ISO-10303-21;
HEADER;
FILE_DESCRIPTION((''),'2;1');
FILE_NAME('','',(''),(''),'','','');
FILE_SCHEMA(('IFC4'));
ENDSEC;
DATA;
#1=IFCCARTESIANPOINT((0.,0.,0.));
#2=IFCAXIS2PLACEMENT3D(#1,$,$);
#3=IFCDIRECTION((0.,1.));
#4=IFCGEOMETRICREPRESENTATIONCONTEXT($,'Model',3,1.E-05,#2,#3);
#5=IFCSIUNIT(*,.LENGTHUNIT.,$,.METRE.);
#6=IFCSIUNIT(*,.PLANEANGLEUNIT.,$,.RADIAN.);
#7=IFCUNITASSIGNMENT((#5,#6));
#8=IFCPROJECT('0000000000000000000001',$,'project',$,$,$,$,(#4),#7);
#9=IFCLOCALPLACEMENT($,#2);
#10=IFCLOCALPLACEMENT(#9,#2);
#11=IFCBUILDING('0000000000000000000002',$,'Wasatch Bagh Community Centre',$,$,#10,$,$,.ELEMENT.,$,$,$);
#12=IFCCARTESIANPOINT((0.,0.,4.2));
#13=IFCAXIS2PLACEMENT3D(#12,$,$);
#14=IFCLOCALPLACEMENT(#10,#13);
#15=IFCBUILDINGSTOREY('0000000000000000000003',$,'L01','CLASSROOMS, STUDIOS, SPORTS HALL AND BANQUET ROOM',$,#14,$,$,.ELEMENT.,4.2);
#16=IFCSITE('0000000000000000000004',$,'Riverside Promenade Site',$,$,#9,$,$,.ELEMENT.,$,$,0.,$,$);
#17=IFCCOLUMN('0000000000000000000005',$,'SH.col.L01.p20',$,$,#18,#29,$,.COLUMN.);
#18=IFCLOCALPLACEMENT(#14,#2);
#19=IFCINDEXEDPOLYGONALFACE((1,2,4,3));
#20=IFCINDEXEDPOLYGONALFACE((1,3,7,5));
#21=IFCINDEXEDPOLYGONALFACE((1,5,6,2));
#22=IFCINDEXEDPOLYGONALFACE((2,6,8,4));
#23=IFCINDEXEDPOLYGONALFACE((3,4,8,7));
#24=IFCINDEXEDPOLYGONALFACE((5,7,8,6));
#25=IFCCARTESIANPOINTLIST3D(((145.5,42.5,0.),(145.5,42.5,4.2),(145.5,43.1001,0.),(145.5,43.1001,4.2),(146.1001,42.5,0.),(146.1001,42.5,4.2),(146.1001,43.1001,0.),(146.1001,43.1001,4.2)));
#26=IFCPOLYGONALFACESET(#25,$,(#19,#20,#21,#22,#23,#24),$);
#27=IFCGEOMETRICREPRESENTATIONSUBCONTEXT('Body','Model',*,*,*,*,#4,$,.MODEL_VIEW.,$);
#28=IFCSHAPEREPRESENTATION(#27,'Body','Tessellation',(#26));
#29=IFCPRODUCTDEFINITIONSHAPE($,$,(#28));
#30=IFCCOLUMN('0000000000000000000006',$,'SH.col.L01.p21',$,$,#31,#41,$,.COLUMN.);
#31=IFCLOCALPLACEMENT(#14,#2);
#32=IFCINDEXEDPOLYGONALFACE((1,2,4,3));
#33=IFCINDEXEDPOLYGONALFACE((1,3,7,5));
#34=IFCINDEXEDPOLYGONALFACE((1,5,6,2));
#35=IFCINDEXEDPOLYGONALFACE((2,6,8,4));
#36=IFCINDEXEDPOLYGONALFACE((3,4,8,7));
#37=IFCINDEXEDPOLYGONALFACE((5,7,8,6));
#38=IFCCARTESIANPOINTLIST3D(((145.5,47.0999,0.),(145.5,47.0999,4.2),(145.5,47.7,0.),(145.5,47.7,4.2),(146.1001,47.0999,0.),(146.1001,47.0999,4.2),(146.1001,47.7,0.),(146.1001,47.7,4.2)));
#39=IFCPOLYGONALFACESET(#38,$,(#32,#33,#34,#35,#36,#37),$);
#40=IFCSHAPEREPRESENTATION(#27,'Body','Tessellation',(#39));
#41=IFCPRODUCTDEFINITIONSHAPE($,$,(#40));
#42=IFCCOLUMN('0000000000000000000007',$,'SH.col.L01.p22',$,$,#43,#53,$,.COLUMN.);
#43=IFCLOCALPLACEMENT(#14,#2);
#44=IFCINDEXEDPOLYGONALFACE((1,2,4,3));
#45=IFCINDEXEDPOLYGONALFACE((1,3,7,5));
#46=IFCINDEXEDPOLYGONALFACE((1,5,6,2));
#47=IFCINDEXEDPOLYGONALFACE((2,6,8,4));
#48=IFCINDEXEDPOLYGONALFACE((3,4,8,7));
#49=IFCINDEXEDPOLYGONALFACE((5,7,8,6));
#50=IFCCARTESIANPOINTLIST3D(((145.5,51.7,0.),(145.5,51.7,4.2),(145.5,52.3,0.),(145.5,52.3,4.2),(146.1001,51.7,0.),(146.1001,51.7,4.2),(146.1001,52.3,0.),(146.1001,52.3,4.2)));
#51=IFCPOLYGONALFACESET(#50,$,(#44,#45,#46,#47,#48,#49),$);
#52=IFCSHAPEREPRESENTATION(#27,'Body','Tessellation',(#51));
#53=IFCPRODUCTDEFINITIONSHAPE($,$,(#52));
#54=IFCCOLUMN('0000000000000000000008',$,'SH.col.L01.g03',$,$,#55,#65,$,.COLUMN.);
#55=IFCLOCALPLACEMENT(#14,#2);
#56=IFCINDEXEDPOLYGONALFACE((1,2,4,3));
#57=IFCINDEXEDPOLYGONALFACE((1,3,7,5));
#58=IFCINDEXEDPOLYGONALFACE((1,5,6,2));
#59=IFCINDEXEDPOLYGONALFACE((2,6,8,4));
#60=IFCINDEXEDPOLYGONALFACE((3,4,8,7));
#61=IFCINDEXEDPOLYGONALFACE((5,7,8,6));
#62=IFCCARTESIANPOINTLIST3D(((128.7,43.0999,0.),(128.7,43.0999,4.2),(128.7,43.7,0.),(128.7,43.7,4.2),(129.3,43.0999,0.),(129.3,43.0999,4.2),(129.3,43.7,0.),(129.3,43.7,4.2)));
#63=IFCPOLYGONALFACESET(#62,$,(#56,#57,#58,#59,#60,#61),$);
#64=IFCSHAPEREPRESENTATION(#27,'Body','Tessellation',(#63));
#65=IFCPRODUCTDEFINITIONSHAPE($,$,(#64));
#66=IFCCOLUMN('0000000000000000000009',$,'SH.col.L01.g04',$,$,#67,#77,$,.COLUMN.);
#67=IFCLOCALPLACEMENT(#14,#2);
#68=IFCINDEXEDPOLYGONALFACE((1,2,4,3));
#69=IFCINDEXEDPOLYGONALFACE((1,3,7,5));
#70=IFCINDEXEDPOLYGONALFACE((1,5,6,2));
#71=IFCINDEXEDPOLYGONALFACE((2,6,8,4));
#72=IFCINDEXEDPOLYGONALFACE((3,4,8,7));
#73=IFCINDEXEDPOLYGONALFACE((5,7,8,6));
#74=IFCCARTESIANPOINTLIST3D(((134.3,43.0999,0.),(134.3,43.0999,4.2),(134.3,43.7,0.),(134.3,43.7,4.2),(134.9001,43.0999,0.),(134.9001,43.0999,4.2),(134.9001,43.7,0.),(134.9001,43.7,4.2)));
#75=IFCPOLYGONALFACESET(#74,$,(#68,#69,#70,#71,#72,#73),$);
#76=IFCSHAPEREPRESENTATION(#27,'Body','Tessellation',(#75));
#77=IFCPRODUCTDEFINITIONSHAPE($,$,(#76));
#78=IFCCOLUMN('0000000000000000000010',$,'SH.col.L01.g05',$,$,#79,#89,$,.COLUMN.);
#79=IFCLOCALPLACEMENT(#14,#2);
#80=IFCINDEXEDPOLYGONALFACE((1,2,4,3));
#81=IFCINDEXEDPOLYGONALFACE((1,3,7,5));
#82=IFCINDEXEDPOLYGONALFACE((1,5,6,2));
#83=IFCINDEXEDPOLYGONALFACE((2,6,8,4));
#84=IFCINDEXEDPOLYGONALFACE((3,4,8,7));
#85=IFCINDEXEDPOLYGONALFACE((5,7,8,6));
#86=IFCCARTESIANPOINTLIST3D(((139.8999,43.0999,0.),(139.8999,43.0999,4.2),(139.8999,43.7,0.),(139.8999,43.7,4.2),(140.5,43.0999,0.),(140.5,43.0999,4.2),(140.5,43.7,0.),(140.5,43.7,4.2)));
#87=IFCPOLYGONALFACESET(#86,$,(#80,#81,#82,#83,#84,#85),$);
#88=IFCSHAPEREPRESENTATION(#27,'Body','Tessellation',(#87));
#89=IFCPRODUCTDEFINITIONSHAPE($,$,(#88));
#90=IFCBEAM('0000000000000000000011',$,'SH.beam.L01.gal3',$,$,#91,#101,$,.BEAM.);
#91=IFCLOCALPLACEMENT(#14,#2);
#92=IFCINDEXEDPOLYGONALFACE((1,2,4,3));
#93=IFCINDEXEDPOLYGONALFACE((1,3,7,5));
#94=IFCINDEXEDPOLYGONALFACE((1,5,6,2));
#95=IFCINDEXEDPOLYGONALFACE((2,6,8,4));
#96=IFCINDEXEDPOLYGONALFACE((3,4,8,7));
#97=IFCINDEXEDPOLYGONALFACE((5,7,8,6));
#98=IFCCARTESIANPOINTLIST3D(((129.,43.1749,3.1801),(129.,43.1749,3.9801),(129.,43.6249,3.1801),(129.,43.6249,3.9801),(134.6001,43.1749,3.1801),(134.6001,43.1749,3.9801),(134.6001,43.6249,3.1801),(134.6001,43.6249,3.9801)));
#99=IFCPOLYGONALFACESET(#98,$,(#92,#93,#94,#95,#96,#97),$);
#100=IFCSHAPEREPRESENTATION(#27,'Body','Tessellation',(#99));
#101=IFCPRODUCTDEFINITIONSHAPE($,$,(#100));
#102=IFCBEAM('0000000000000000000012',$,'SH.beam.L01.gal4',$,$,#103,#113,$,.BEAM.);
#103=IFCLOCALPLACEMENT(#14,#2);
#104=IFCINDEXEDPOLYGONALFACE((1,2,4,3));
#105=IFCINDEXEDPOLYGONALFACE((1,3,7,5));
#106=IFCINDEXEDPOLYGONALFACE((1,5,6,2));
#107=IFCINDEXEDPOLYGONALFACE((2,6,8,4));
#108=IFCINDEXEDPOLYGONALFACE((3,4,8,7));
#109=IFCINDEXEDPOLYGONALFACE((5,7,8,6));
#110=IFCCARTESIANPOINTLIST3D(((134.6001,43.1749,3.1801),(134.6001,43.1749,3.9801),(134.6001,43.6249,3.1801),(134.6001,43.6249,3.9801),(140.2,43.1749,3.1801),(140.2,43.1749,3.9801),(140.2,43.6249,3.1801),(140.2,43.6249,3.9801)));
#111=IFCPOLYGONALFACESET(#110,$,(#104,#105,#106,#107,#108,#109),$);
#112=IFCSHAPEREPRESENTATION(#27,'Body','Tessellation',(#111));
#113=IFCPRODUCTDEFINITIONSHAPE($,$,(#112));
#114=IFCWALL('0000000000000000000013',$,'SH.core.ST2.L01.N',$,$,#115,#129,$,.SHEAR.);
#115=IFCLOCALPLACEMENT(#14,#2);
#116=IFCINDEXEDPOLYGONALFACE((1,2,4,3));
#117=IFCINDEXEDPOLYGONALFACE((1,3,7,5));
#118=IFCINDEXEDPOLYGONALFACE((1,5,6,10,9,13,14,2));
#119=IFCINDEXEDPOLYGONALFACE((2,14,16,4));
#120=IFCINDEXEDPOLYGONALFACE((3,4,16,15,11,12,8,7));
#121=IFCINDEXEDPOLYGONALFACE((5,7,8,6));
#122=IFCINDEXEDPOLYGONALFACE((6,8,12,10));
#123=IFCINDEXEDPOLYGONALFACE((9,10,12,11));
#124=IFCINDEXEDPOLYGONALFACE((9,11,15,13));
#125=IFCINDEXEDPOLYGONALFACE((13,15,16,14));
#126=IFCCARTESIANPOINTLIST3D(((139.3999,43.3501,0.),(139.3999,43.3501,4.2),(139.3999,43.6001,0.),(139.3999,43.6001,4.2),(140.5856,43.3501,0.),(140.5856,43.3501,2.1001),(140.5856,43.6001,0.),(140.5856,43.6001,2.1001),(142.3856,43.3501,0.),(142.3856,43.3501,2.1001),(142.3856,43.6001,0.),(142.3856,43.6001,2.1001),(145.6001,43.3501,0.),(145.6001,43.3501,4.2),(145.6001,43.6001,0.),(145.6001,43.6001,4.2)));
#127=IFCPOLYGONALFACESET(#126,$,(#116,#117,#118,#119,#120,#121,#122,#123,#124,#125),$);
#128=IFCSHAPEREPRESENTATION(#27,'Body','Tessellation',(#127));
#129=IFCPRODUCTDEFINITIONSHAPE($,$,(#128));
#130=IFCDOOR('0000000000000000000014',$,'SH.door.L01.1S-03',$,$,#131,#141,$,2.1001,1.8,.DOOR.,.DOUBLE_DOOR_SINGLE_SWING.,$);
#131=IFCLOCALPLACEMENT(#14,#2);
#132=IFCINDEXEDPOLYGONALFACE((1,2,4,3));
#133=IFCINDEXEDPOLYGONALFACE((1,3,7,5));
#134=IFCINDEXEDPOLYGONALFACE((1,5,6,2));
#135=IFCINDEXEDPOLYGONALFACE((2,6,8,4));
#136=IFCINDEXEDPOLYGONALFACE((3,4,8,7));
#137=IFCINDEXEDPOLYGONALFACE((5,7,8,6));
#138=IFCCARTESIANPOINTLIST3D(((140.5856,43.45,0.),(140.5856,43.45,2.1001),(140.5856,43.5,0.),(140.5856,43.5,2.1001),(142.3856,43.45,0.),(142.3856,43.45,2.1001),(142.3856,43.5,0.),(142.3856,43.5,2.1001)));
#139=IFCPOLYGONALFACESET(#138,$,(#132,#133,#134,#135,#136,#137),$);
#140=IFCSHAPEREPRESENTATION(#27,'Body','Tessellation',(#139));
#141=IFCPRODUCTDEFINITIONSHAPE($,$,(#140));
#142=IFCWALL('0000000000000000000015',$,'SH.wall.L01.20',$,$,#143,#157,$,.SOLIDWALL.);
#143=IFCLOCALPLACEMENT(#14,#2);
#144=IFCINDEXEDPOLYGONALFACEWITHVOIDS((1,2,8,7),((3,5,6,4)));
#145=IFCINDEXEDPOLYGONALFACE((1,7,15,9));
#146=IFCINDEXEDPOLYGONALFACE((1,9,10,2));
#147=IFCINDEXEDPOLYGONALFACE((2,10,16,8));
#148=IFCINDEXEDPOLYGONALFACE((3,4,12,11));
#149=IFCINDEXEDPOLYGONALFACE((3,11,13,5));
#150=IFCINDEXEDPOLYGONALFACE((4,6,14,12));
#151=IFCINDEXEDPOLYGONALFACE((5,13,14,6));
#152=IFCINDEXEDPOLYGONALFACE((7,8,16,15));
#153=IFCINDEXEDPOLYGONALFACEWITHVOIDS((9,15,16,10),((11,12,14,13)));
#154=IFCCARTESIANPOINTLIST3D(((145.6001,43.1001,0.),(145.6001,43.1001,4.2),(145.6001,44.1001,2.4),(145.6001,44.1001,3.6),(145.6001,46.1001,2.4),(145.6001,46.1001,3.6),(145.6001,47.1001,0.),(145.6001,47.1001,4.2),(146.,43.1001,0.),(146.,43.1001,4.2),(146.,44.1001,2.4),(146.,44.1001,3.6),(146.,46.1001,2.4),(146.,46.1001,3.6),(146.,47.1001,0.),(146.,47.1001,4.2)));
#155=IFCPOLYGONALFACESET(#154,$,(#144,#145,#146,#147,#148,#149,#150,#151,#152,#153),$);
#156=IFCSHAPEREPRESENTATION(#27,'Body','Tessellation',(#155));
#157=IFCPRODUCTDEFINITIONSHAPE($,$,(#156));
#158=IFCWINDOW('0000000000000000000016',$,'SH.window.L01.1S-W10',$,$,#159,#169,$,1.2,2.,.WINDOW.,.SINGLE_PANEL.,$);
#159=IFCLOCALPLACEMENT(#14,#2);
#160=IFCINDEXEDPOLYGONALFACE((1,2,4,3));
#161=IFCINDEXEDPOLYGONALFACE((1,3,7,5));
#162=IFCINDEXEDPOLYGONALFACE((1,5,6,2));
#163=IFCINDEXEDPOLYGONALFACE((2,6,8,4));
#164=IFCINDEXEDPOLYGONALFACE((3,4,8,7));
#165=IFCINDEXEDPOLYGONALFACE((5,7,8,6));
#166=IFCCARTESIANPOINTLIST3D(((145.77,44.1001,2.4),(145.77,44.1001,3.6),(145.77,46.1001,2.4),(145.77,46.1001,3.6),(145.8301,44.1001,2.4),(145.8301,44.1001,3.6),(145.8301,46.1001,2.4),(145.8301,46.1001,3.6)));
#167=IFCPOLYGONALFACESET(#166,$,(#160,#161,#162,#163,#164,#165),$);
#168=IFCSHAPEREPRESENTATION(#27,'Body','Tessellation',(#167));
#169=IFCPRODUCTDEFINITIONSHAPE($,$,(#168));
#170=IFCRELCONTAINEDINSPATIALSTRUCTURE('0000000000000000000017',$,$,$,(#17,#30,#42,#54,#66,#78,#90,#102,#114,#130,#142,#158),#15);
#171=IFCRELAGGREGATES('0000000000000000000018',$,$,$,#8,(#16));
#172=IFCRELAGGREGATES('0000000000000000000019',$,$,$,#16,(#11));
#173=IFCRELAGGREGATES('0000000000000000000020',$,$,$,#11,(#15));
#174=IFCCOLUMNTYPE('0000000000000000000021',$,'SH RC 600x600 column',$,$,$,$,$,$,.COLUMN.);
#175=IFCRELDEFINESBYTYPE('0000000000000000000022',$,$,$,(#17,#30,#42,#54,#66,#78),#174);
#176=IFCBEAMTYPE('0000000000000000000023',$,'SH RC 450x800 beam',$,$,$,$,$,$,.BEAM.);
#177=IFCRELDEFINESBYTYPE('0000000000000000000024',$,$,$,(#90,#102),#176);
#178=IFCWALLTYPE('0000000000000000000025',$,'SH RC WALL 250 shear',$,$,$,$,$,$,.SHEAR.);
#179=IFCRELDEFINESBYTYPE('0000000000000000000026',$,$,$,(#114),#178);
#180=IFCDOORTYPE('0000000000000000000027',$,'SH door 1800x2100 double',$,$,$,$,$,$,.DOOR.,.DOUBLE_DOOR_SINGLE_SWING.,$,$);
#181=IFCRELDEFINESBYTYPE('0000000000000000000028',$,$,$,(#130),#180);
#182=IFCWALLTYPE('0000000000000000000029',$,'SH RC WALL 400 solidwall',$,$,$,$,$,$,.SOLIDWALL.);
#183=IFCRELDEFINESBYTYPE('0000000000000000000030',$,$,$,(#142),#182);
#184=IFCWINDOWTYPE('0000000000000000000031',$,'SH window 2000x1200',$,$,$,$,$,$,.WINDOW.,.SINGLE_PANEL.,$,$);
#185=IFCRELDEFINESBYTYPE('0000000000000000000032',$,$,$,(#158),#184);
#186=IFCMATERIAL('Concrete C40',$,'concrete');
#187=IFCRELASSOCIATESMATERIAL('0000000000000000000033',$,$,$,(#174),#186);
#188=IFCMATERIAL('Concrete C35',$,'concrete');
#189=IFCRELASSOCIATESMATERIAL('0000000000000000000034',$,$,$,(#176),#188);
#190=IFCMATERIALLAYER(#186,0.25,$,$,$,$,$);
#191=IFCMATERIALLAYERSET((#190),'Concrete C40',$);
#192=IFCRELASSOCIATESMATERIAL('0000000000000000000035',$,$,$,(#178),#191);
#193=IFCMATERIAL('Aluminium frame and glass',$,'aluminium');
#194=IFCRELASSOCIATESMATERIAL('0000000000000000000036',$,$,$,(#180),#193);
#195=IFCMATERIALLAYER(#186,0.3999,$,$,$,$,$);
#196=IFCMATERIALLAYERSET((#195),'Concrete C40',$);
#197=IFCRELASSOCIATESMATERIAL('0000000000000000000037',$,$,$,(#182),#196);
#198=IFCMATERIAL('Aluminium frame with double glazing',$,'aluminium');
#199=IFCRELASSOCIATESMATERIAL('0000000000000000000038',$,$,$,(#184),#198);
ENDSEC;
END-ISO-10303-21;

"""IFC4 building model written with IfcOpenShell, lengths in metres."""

from ifc_helpers import new_model, si_unit, direction, frame, frame_2d, origin, origin_2d, place, context, subcontext, project, spatial, rectangle, extrude, material, layer, layer_set, material_profile, profile_set, type_object, element, fill, save


model = new_model("IFC4")

# Units and contexts
model_context = context("Model", 3, precision=1e-05, world=origin(), true_north=direction((0.0, 1.0)))
body_context = subcontext(model_context, "Body", "Model", "MODEL_VIEW")
ifc_project = project(units=[si_unit("LENGTHUNIT", "METRE"), si_unit("PLANEANGLEUNIT", "RADIAN")], contexts=[model_context])

# Site, building, storey
site_placement = place(None, origin())
site = spatial("IfcSite", under=ifc_project, at=site_placement, Name="Riverside Promenade Site", CompositionType="ELEMENT", RefElevation=0.0)
building_placement = place(site_placement, origin())
building = spatial("IfcBuilding", under=site, at=building_placement, Name="Wasatch Bagh Community Centre", CompositionType="ELEMENT")
storey_placement = place(building_placement, frame((0.0, 0.0, 4.2)))
storey = spatial("IfcBuildingStorey", under=building, at=storey_placement, Name="L01", Description="CLASSROOMS, STUDIOS, SPORTS HALL AND BANQUET ROOM", CompositionType="ELEMENT", Elevation=4.2)

# Columns
ifc_material_1 = material(Name="Concrete C40", Category="concrete")
ifc_material_profile_1 = material_profile(ifc_material_1, rectangle(XDim=0.6001, YDim=0.6001, at=origin_2d()), Name="RC 600x600")
ifc_profile_set_1 = profile_set([ifc_material_profile_1], Name="Concrete C40")
column_type = type_object("IfcColumnType", Name="SH RC 600x600 column", PredefinedType="COLUMN", material=ifc_profile_set_1)
for number, where, z_axis, x_axis, name in (
    (1, (145.8, 42.8, 0.0), (0.0, 0.0, 1.0), (1.0, 0.0, 0.0), "SH.col.L01.p20"),
    (2, (145.8, 47.3999, 0.0), (0.0, 0.0, 1.0), (1.0, 0.0, 0.0), "SH.col.L01.p21"),
    (3, (145.8, 52.0, 0.0), (0.0, 0.0, 1.0), (1.0, 0.0, 0.0), "SH.col.L01.p22"),
    (4, (129.0, 43.3999, 0.0), (0.0, 0.0, 1.0), (1.0, 0.0, 0.0), "SH.col.L01.g03"),
    (5, (134.6001, 43.3999, 0.0), (0.0, 0.0, 1.0), (1.0, 0.0, 0.0), "SH.col.L01.g04"),
    (6, (140.2, 43.3999, 0.0), (0.0, 0.0, 1.0), (1.0, 0.0, 0.0), "SH.col.L01.g05"),
):
    element("IfcColumn", number, at=place(storey_placement, frame(where, z_axis=z_axis, x_axis=x_axis)), inside=storey, type_object=column_type, Name=name, PredefinedType="COLUMN", context=body_context, shape_type="SweptSolid", body=[
        extrude(rectangle(XDim=0.6001, YDim=0.6001, at=origin_2d()), origin(), (0.0, 0.0, 1.0), 4.2),
    ])

# Beams
ifc_material_2 = material(Name="Concrete C35", Category="concrete")
ifc_material_profile_2 = material_profile(ifc_material_2, rectangle(XDim=0.45, YDim=0.8, at=origin_2d()), Name="RC 450x800")
ifc_profile_set_2 = profile_set([ifc_material_profile_2], Name="Concrete C35")
beam_type = type_object("IfcBeamType", Name="SH RC 450x800 beam", PredefinedType="BEAM", material=ifc_profile_set_2)
beam_1_placement = place(storey_placement, frame((129.0, 43.3999, 3.5801), z_axis=(1.0, 0.0, 0.0), x_axis=(0.0, 1.0, 0.0)))
element("IfcBeam", 7, at=beam_1_placement, inside=storey, type_object=beam_type, Name="SH.beam.L01.gal3", PredefinedType="BEAM", context=body_context, shape_type="SweptSolid", body=[
    extrude(rectangle(XDim=0.45, YDim=0.8, at=origin_2d()), origin(), (0.0, 0.0, 1.0), 5.6001),
])
beam_2_placement = place(storey_placement, frame((134.6001, 43.3999, 3.5801), z_axis=(1.0, 0.0, 0.0), x_axis=(0.0, 1.0, 0.0)))
element("IfcBeam", 8, at=beam_2_placement, inside=storey, type_object=beam_type, Name="SH.beam.L01.gal4", PredefinedType="BEAM", context=body_context, shape_type="SweptSolid", body=[
    extrude(rectangle(XDim=0.45, YDim=0.8, at=origin_2d()), origin(), (0.0, 0.0, 1.0), 5.5999),
])

# Wall, opening, door
ifc_layer_1 = layer(ifc_material_1, 0.25)
ifc_layer_set_1 = layer_set([ifc_layer_1], Name="Concrete C40")
wall_type_1 = type_object("IfcWallType", Name="SH RC WALL 250 shear", PredefinedType="SHEAR", material=ifc_layer_set_1)
wall_1_placement = place(storey_placement, frame((139.3999, 43.4751, 0.0), z_axis=(0.0, 0.0, 1.0), x_axis=(1.0, 0.0, 0.0)))
wall_1 = element("IfcWall", 9, at=wall_1_placement, inside=storey, type_object=wall_type_1, Name="SH.core.ST2.L01.N", PredefinedType="SHEAR", context=body_context, shape_type="SweptSolid", body=[
    extrude(rectangle(XDim=6.2002, YDim=0.25, at=frame_2d((3.1001, 0.0))), origin(), (0.0, 0.0, 1.0), 4.2),
])
opening_1_placement = place(wall_1_placement, frame((1.1858, 0.0, 0.0)))
opening_1 = element("IfcOpeningElement", 10, at=opening_1_placement, cuts=wall_1, PredefinedType="OPENING", context=body_context, shape_type="SweptSolid", body=[
    extrude(rectangle(XDim=1.8, YDim=2.1001, at=frame_2d((0.8999, 1.05))), frame((0.0, 0.135, 0.0), z_axis=(0.0, -1.0, 0.0), x_axis=(1.0, 0.0, 0.0)), (0.0, 0.0, 1.0), 0.27),
])
ifc_material_3 = material(Name="Aluminium frame and glass", Category="aluminium")
door_type = type_object("IfcDoorType", Name="SH door 1800x2100 double", OperationType="DOUBLE_DOOR_SINGLE_SWING", PredefinedType="DOOR", material=ifc_material_3)
door_placement = place(opening_1_placement, origin())
door = element("IfcDoor", 11, at=door_placement, inside=storey, type_object=door_type, Name="SH.door.L01.1S-03", OperationType="DOUBLE_DOOR_SINGLE_SWING", OverallHeight=2.1001, OverallWidth=1.8, PredefinedType="DOOR", context=body_context, shape_type="SweptSolid", body=[
    extrude(rectangle(XDim=1.8, YDim=2.1001, at=frame_2d((0.8999, 1.05))), frame((0.0, 0.0249, 0.0), z_axis=(0.0, -1.0, 0.0), x_axis=(1.0, 0.0, 0.0)), (0.0, 0.0, 1.0), 0.05),
])
fill(opening_1, door)

# Wall, opening, window
ifc_layer_2 = layer(ifc_material_1, 0.3999)
ifc_layer_set_2 = layer_set([ifc_layer_2], Name="Concrete C40")
wall_type_2 = type_object("IfcWallType", Name="SH RC WALL 400 solidwall", PredefinedType="SOLIDWALL", material=ifc_layer_set_2)
wall_2_placement = place(storey_placement, frame((145.8, 43.1001, 0.0), z_axis=(0.0, 0.0, 1.0), x_axis=(0.0, 1.0, 0.0)))
wall_2 = element("IfcWall", 12, at=wall_2_placement, inside=storey, type_object=wall_type_2, Name="SH.wall.L01.20", PredefinedType="SOLIDWALL", context=body_context, shape_type="SweptSolid", body=[
    extrude(rectangle(XDim=4.0, YDim=0.3999, at=frame_2d((2.0, 0.0))), origin(), (0.0, 0.0, 1.0), 4.2),
])
opening_2_placement = place(wall_2_placement, frame((1.0, 0.0, 2.3999)))
opening_2 = element("IfcOpeningElement", 13, at=opening_2_placement, cuts=wall_2, PredefinedType="OPENING", context=body_context, shape_type="SweptSolid", body=[
    extrude(rectangle(XDim=2.0, YDim=1.2, at=frame_2d((1.0, 0.6001))), frame((0.0, 0.21, 0.0), z_axis=(0.0, -1.0, 0.0), x_axis=(1.0, 0.0, 0.0)), (0.0, 0.0, 1.0), 0.4199),
])
ifc_material_4 = material(Name="Aluminium frame with double glazing", Category="aluminium")
window_type = type_object("IfcWindowType", Name="SH window 2000x1200", PartitioningType="SINGLE_PANEL", PredefinedType="WINDOW", material=ifc_material_4)
window_1_placement = place(opening_2_placement, origin())
window_1 = element("IfcWindow", 14, at=window_1_placement, inside=storey, type_object=window_type, Name="SH.window.L01.1S-W10", OverallHeight=1.2, OverallWidth=2.0, PartitioningType="SINGLE_PANEL", PredefinedType="WINDOW", context=body_context, shape_type="SweptSolid", body=[
    extrude(rectangle(XDim=2.0, YDim=1.2, at=frame_2d((1.0, 0.6001))), frame((0.0, 0.03, 0.0), z_axis=(0.0, -1.0, 0.0), x_axis=(1.0, 0.0, 0.0)), (0.0, 0.0, 1.0), 0.0601),
])
fill(opening_2, window_1)

save(model, "model.ifc")
